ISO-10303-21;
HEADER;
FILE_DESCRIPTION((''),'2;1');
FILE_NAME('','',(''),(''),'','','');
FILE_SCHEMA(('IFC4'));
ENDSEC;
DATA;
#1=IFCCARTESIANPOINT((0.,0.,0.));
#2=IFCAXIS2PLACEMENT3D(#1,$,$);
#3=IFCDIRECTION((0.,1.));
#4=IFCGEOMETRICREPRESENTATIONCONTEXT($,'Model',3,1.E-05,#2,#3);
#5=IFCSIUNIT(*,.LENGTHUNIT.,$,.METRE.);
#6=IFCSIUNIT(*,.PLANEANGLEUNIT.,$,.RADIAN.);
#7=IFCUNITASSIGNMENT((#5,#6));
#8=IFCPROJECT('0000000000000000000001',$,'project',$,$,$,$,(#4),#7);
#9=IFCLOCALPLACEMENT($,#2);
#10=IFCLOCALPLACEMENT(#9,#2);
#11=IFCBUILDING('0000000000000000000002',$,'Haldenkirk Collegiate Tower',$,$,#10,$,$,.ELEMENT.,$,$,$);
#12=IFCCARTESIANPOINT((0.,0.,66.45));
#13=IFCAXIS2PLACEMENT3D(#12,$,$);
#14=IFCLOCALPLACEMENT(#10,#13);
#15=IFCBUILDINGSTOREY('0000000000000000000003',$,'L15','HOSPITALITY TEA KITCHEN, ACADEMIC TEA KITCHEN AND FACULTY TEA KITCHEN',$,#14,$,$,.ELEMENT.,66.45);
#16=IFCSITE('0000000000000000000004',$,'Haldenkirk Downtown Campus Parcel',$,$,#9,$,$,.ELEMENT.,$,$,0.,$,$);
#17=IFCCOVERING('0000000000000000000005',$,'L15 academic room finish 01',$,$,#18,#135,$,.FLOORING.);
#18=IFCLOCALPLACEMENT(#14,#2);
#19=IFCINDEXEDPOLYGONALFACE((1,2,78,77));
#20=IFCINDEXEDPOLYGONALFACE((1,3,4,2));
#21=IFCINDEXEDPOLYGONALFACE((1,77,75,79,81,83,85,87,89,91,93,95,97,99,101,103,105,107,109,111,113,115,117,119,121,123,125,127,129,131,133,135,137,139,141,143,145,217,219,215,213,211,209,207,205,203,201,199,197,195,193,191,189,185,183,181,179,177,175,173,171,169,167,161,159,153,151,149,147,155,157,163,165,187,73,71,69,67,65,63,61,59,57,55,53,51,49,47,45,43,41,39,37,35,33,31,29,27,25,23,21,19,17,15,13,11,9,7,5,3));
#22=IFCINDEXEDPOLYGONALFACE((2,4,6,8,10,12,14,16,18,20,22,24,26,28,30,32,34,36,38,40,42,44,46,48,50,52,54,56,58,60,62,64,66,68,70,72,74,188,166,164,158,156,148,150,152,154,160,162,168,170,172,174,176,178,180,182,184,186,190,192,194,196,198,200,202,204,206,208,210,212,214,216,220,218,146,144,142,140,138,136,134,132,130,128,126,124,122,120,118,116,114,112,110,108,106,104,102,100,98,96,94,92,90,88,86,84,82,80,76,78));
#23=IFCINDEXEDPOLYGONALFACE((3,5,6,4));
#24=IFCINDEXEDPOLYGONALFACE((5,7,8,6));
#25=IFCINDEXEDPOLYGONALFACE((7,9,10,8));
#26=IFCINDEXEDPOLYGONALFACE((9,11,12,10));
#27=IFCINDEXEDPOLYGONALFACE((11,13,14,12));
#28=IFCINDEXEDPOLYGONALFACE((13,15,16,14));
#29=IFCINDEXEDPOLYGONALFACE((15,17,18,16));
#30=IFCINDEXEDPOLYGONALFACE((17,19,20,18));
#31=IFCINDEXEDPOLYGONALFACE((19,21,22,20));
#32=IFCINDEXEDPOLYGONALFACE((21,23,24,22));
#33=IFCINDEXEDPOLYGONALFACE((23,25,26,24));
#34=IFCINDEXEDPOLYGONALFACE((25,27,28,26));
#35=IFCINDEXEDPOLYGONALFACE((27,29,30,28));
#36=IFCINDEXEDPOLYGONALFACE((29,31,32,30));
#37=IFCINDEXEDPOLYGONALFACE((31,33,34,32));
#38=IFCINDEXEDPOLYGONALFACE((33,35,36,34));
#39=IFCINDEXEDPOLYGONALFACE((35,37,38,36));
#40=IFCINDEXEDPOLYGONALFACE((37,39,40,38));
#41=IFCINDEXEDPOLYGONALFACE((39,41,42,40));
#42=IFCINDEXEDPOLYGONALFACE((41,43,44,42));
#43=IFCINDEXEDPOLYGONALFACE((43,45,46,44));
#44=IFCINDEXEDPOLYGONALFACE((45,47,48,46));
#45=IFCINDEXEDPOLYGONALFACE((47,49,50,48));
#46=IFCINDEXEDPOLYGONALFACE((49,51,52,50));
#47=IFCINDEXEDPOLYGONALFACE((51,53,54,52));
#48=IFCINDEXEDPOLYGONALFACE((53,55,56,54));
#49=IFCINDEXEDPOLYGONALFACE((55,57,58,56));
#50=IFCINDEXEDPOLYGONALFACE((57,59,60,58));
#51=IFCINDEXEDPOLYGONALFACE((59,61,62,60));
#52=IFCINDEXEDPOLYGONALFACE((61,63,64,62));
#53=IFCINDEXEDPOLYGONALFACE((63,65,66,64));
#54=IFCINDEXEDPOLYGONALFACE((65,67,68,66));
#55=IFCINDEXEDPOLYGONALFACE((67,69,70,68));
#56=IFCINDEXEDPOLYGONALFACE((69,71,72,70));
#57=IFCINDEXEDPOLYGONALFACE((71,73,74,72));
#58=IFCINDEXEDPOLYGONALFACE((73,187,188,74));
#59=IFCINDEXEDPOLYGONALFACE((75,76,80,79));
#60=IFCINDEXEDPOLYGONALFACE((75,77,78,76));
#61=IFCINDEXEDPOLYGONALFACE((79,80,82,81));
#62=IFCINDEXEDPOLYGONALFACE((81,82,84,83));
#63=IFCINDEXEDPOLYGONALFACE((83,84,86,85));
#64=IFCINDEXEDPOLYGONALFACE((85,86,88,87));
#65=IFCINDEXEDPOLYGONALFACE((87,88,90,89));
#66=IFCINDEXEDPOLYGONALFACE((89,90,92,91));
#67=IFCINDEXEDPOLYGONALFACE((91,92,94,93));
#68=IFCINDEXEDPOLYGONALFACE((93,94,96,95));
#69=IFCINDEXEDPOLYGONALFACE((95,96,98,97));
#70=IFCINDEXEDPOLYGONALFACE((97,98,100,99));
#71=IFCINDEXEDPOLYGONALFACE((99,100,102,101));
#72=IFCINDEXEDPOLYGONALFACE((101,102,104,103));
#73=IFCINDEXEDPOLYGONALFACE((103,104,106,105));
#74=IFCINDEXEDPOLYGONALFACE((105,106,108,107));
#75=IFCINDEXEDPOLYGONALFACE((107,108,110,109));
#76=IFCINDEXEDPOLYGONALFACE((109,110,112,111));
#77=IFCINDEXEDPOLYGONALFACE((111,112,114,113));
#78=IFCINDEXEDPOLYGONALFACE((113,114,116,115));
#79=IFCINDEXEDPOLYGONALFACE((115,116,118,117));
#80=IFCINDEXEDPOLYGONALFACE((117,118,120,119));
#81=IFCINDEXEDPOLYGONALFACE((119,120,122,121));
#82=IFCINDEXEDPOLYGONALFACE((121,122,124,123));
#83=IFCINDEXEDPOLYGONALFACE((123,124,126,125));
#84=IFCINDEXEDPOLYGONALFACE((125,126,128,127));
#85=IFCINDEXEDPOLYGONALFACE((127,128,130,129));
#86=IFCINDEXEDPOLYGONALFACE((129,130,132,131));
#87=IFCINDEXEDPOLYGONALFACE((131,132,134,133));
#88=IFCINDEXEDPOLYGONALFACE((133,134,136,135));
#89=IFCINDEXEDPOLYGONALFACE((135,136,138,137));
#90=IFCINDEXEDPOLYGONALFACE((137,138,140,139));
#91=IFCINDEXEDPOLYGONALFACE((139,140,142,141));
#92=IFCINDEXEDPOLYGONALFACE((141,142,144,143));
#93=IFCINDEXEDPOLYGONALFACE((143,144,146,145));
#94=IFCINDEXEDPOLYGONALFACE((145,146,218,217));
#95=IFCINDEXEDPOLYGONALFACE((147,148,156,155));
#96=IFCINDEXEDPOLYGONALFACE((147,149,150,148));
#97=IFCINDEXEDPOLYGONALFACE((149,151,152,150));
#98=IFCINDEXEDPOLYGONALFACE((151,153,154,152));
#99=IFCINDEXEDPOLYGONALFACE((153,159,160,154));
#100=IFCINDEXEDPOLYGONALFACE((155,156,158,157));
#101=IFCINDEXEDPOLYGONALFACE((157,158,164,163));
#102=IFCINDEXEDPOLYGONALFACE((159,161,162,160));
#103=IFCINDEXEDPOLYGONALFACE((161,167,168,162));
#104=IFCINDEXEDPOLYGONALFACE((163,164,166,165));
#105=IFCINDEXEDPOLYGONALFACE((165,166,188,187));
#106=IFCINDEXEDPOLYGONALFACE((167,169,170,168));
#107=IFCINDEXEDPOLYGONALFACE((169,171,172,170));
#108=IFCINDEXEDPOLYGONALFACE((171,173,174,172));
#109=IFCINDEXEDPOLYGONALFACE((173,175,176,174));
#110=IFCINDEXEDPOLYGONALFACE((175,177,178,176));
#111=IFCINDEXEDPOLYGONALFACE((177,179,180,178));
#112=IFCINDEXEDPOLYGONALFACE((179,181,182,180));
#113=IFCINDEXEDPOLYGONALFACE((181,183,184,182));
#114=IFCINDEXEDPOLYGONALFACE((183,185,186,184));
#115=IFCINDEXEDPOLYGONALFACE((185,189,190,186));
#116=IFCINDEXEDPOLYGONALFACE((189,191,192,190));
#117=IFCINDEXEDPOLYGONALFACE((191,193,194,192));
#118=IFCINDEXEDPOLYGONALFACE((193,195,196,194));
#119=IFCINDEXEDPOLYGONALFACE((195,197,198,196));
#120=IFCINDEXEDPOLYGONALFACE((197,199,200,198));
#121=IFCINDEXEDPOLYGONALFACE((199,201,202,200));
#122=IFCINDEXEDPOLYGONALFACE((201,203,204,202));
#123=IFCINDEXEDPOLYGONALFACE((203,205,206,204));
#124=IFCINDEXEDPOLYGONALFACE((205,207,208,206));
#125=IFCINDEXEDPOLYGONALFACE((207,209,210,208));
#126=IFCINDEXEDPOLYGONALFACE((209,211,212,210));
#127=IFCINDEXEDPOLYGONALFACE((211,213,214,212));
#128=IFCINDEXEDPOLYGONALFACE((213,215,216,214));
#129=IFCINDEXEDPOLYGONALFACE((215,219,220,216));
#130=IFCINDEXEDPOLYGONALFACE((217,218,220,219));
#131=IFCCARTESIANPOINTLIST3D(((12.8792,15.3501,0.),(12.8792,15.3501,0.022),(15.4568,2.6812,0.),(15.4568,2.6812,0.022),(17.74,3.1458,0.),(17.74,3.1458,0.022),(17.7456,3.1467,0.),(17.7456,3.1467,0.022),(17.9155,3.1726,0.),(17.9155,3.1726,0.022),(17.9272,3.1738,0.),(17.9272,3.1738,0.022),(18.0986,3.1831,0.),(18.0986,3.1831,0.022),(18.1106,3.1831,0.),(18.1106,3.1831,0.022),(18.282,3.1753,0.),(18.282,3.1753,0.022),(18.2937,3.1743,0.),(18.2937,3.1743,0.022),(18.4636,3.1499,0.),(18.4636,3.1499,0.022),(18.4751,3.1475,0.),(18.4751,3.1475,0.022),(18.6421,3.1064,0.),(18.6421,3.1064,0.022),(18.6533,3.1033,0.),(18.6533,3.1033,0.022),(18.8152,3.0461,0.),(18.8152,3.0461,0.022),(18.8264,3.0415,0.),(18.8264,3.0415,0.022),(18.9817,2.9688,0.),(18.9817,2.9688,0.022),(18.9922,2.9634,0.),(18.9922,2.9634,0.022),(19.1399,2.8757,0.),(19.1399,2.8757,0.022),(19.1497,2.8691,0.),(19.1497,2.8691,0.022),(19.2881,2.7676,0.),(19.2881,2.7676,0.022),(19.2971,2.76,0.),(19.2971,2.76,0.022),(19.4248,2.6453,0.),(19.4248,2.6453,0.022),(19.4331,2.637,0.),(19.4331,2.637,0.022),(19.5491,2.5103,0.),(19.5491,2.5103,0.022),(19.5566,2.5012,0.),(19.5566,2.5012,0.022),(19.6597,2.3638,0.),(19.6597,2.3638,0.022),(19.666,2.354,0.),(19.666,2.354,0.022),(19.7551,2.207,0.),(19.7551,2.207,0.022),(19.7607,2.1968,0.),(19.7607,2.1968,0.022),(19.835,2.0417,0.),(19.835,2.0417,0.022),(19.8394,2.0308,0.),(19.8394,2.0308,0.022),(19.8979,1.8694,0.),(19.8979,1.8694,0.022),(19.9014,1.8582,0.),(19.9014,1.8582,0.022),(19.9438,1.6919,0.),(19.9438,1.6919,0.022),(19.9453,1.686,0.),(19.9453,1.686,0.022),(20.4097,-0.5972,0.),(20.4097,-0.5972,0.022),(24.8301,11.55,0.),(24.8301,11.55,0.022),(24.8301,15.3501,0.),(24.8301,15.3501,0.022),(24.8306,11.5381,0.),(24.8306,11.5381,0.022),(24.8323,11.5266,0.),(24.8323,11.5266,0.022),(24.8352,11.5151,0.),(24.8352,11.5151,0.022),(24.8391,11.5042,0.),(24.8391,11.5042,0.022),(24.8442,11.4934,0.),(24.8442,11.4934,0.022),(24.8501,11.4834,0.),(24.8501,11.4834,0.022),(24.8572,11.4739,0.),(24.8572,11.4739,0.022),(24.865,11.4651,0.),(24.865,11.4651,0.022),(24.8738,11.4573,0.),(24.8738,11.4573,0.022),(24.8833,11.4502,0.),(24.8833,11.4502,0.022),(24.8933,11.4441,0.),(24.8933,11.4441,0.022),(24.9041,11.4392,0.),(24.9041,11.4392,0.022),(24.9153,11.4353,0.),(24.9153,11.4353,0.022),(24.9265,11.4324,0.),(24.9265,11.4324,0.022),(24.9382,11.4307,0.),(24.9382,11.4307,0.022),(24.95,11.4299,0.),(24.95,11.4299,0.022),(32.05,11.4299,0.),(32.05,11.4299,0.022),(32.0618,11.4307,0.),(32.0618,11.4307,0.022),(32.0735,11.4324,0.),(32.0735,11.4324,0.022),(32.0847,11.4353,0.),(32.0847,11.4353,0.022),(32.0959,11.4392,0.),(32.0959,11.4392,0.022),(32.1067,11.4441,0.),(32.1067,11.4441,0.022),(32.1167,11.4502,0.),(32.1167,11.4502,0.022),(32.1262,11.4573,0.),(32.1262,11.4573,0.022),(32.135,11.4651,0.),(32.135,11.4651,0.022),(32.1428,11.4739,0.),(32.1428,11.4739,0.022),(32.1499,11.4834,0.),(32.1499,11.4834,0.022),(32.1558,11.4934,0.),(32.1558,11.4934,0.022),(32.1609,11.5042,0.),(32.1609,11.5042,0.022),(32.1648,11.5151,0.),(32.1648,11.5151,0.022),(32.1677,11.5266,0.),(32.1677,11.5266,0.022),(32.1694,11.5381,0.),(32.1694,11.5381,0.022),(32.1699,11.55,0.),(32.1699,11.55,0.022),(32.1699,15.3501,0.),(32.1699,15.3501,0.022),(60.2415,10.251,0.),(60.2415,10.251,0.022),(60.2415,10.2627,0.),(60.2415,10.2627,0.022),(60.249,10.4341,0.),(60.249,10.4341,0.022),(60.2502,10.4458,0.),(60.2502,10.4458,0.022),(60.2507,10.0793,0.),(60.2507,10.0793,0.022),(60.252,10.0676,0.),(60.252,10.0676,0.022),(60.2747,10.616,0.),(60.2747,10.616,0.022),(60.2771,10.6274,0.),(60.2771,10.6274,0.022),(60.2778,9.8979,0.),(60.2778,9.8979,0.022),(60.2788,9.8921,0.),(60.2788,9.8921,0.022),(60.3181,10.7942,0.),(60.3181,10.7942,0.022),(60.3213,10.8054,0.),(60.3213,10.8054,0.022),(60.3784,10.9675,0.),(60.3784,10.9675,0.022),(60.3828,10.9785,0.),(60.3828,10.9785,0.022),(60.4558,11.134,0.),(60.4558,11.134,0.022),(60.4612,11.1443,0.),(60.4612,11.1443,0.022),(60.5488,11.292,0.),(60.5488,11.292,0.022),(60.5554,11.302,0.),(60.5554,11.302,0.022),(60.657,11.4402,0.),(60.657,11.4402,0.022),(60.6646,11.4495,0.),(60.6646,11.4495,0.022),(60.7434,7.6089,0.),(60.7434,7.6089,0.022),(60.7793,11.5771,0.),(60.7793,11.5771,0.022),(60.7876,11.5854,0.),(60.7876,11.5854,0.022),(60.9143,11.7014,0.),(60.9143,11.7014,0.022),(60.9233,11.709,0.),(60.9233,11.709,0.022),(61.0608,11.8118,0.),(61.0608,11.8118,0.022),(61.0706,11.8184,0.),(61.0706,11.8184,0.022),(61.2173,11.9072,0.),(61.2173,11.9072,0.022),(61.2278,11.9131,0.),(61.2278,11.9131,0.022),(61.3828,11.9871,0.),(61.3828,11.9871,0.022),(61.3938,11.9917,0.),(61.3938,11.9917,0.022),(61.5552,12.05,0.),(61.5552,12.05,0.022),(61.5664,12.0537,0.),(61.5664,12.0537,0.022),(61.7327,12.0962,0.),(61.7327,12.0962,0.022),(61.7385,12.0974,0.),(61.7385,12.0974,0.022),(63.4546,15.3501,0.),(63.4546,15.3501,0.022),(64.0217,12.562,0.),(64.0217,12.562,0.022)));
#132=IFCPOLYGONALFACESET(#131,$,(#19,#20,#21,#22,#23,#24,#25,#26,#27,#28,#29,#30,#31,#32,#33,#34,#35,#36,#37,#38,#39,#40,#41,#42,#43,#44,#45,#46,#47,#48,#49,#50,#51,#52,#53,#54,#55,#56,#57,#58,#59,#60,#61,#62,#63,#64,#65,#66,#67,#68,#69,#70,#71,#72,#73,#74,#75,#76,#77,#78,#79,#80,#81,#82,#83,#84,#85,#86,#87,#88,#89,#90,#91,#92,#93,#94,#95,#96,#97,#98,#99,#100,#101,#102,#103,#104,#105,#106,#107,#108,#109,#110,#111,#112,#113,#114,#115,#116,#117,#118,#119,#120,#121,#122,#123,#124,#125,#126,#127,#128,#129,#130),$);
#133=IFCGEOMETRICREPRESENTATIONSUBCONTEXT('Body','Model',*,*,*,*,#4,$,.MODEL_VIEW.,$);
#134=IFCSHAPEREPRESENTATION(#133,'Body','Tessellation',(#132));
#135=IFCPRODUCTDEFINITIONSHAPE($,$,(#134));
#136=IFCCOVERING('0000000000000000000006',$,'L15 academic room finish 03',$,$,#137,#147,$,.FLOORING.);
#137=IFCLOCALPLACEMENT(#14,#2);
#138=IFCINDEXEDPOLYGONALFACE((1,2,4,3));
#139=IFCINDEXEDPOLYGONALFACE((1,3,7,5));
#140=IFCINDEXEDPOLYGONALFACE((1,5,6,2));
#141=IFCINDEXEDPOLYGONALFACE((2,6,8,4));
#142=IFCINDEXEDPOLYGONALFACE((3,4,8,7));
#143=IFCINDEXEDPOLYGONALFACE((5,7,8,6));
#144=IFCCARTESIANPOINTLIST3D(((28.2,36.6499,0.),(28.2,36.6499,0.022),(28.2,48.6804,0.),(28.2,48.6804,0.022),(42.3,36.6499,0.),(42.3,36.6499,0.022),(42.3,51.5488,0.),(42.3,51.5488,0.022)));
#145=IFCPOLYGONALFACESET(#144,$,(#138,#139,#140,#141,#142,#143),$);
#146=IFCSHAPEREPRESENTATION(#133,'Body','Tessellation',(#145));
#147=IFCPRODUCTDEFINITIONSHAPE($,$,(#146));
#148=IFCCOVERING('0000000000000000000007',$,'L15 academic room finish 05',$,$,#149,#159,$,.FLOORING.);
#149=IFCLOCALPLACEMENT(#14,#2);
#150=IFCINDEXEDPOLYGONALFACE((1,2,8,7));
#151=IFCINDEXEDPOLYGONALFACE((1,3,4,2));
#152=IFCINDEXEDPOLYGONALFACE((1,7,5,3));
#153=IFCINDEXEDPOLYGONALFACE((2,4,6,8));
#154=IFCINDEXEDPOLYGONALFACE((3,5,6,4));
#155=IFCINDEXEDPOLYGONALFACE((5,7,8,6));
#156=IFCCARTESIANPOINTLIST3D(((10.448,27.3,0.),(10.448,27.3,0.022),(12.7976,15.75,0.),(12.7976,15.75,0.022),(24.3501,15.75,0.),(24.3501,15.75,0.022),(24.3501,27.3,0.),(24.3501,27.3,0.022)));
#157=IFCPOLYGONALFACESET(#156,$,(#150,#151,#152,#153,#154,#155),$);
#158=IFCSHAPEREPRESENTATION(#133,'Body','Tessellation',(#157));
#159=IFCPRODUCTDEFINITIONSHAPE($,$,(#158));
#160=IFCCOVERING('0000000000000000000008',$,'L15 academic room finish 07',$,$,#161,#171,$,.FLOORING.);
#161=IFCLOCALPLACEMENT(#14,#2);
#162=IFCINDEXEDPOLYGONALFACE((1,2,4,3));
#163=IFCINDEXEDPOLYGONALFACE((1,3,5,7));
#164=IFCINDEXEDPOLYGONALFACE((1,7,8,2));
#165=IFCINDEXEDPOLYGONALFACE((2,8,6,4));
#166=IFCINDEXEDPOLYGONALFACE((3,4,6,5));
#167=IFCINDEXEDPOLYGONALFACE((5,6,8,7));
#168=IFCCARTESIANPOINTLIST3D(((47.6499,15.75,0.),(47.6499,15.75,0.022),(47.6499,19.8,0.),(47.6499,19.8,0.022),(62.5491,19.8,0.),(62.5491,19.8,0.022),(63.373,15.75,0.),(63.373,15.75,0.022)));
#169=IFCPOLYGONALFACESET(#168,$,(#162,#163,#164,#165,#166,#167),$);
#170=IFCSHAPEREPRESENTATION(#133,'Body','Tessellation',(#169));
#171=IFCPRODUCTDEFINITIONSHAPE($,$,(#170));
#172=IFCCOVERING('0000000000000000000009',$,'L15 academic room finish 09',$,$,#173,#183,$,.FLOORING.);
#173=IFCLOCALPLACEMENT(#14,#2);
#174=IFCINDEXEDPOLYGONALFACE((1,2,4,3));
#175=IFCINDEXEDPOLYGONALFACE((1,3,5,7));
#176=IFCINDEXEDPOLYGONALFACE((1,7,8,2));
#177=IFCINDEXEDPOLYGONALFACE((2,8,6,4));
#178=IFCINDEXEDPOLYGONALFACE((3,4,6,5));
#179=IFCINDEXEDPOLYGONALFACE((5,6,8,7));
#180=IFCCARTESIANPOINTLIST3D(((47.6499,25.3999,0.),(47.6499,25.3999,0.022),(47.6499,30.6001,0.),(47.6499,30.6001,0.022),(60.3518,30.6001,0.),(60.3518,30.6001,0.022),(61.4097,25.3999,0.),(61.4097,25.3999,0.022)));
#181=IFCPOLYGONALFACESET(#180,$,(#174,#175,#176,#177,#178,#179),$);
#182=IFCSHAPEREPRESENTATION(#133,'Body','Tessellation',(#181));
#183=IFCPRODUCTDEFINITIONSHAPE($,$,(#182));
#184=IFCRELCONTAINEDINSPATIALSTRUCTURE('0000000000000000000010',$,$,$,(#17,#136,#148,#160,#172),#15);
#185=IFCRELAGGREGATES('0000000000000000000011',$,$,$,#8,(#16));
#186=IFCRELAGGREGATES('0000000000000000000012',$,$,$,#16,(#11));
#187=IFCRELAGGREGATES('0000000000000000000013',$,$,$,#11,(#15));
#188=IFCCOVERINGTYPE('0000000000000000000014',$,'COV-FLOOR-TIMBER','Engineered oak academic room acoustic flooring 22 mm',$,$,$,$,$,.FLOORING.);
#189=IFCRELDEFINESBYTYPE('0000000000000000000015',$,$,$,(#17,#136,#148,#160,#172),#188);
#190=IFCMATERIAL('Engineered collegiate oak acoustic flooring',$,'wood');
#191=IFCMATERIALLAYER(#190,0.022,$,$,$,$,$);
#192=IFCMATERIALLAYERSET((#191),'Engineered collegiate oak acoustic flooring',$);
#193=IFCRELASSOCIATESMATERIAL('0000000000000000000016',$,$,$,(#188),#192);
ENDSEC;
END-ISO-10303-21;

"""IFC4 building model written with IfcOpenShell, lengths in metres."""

from ifc_helpers import new_model, si_unit, direction, frame, origin, place, context, subcontext, project, spatial, polyline, outline, extrude, material, layer, layer_set, type_object, element, save


model = new_model("IFC4")

# Units and contexts
model_context = context("Model", 3, precision=1e-05, world=origin(), true_north=direction((0.0, 1.0)))
body_context = subcontext(model_context, "Body", "Model", "MODEL_VIEW")
ifc_project = project(units=[si_unit("LENGTHUNIT", "METRE"), si_unit("PLANEANGLEUNIT", "RADIAN")], contexts=[model_context])

# Site, building, storey
site_placement = place(None, origin())
site = spatial("IfcSite", under=ifc_project, at=site_placement, Name="Haldenkirk Downtown Campus Parcel", CompositionType="ELEMENT", RefElevation=0.0)
building_placement = place(site_placement, origin())
building = spatial("IfcBuilding", under=site, at=building_placement, Name="Haldenkirk Collegiate Tower", CompositionType="ELEMENT")
storey_placement = place(building_placement, frame((0.0, 0.0, 66.45)))
storey = spatial("IfcBuildingStorey", under=building, at=storey_placement, Name="L15", Description="HOSPITALITY TEA KITCHEN, ACADEMIC TEA KITCHEN AND FACULTY TEA KITCHEN", CompositionType="ELEMENT", Elevation=66.45)

# Coverings
ifc_material_1 = material(Name="Engineered collegiate oak acoustic flooring", Category="wood")
ifc_layer_1 = layer(ifc_material_1, 0.022)
ifc_layer_set_1 = layer_set([ifc_layer_1], Name="Engineered collegiate oak acoustic flooring")
covering_type_1 = type_object("IfcCoveringType", Name="COV-FLOOR-TIMBER", Description="Engineered oak academic room acoustic flooring 22 mm", PredefinedType="FLOORING", material=ifc_layer_set_1)
covering_1_placement = place(storey_placement, origin())
element("IfcCovering", 1, at=covering_1_placement, inside=storey, type_object=covering_type_1, Name="L15 academic room finish 01", PredefinedType="FLOORING", context=body_context, shape_type="SweptSolid", body=[
    extrude(outline(polyline([(19.666, 2.354), (19.6597, 2.3638), (19.5566, 2.5012), (19.5491, 2.5103), (19.4331, 2.637), (19.4248, 2.6453), (19.2971, 2.76), (19.2881, 2.7676), (19.1497, 2.8691), (19.1399, 2.8757), (18.9922, 2.9634), (18.9817, 2.9688), (18.8264, 3.0415), (18.8152, 3.0461), (18.6533, 3.1033), (18.6421, 3.1064), (18.4751, 3.1475), (18.4636, 3.1499), (18.2937, 3.1743), (18.282, 3.1753), (18.1106, 3.1831), (18.0986, 3.1831), (17.9272, 3.1738), (17.9155, 3.1726), (17.7456, 3.1467), (17.74, 3.1458), (15.4568, 2.6812), (12.8792, 15.3501), (24.8301, 15.3501), (24.8301, 11.55), (24.8306, 11.5381), (24.8323, 11.5266), (24.8352, 11.5151), (24.8391, 11.5042), (24.8442, 11.4934), (24.8501, 11.4834), (24.8572, 11.4739), (24.865, 11.4651), (24.8738, 11.4573), (24.8833, 11.4502), (24.8933, 11.4441), (24.9041, 11.4392), (24.9153, 11.4353), (24.9265, 11.4324), (24.9382, 11.4307), (24.95, 11.4299), (32.05, 11.4299), (32.0618, 11.4307), (32.0735, 11.4324), (32.0847, 11.4353), (32.0959, 11.4392), (32.1067, 11.4441), (32.1167, 11.4502), (32.1262, 11.4573), (32.135, 11.4651), (32.1428, 11.4739), (32.1499, 11.4834), (32.1558, 11.4934), (32.1609, 11.5042), (32.1648, 11.5151), (32.1677, 11.5266), (32.1694, 11.5381), (32.1699, 11.55), (32.1699, 15.3501), (63.4546, 15.3501), (64.0217, 12.562), (61.7385, 12.0974), (61.7327, 12.0962), (61.5664, 12.0537), (61.5552, 12.05), (61.3938, 11.9917), (61.3828, 11.9871), (61.2278, 11.9131), (61.2173, 11.9072), (61.0706, 11.8184), (61.0608, 11.8118), (60.9233, 11.709), (60.9143, 11.7014), (60.7876, 11.5854), (60.7793, 11.5771), (60.6646, 11.4495), (60.657, 11.4402), (60.5554, 11.302), (60.5488, 11.292), (60.4612, 11.1443), (60.4558, 11.134), (60.3828, 10.9785), (60.3784, 10.9675), (60.3213, 10.8054), (60.3181, 10.7942), (60.2771, 10.6274), (60.2747, 10.616), (60.2502, 10.4458), (60.249, 10.4341), (60.2415, 10.2627), (60.2415, 10.251), (60.2507, 10.0793), (60.252, 10.0676), (60.2778, 9.8979), (60.2788, 9.8921), (60.7434, 7.6089), (20.4097, -0.5972), (19.9453, 1.686), (19.9438, 1.6919), (19.9014, 1.8582), (19.8979, 1.8694), (19.8394, 2.0308), (19.835, 2.0417), (19.7607, 2.1968), (19.7551, 2.207), (19.666, 2.354)])), origin(), (0.0, 0.0, 1.0), 0.022),
])
covering_2_placement = place(storey_placement, origin())
element("IfcCovering", 2, at=covering_2_placement, inside=storey, type_object=covering_type_1, Name="L15 academic room finish 03", PredefinedType="FLOORING", context=body_context, shape_type="SweptSolid", body=[
    extrude(outline(polyline([(42.3, 51.5488), (42.3, 36.6499), (28.2, 36.6499), (28.2, 48.6804), (42.3, 51.5488)])), origin(), (0.0, 0.0, 1.0), 0.022),
])
covering_3_placement = place(storey_placement, origin())
element("IfcCovering", 3, at=covering_3_placement, inside=storey, type_object=covering_type_1, Name="L15 academic room finish 05", PredefinedType="FLOORING", context=body_context, shape_type="SweptSolid", body=[
    extrude(outline(polyline([(10.448, 27.3), (24.3501, 27.3), (24.3501, 15.75), (12.7976, 15.75), (10.448, 27.3)])), origin(), (0.0, 0.0, 1.0), 0.022),
])
covering_4_placement = place(storey_placement, origin())
element("IfcCovering", 4, at=covering_4_placement, inside=storey, type_object=covering_type_1, Name="L15 academic room finish 07", PredefinedType="FLOORING", context=body_context, shape_type="SweptSolid", body=[
    extrude(outline(polyline([(63.373, 15.75), (47.6499, 15.75), (47.6499, 19.8), (62.5491, 19.8), (63.373, 15.75)])), origin(), (0.0, 0.0, 1.0), 0.022),
])
covering_5_placement = place(storey_placement, origin())
element("IfcCovering", 5, at=covering_5_placement, inside=storey, type_object=covering_type_1, Name="L15 academic room finish 09", PredefinedType="FLOORING", context=body_context, shape_type="SweptSolid", body=[
    extrude(outline(polyline([(61.4097, 25.3999), (47.6499, 25.3999), (47.6499, 30.6001), (60.3518, 30.6001), (61.4097, 25.3999)])), origin(), (0.0, 0.0, 1.0), 0.022),
])

save(model, "model.ifc")
